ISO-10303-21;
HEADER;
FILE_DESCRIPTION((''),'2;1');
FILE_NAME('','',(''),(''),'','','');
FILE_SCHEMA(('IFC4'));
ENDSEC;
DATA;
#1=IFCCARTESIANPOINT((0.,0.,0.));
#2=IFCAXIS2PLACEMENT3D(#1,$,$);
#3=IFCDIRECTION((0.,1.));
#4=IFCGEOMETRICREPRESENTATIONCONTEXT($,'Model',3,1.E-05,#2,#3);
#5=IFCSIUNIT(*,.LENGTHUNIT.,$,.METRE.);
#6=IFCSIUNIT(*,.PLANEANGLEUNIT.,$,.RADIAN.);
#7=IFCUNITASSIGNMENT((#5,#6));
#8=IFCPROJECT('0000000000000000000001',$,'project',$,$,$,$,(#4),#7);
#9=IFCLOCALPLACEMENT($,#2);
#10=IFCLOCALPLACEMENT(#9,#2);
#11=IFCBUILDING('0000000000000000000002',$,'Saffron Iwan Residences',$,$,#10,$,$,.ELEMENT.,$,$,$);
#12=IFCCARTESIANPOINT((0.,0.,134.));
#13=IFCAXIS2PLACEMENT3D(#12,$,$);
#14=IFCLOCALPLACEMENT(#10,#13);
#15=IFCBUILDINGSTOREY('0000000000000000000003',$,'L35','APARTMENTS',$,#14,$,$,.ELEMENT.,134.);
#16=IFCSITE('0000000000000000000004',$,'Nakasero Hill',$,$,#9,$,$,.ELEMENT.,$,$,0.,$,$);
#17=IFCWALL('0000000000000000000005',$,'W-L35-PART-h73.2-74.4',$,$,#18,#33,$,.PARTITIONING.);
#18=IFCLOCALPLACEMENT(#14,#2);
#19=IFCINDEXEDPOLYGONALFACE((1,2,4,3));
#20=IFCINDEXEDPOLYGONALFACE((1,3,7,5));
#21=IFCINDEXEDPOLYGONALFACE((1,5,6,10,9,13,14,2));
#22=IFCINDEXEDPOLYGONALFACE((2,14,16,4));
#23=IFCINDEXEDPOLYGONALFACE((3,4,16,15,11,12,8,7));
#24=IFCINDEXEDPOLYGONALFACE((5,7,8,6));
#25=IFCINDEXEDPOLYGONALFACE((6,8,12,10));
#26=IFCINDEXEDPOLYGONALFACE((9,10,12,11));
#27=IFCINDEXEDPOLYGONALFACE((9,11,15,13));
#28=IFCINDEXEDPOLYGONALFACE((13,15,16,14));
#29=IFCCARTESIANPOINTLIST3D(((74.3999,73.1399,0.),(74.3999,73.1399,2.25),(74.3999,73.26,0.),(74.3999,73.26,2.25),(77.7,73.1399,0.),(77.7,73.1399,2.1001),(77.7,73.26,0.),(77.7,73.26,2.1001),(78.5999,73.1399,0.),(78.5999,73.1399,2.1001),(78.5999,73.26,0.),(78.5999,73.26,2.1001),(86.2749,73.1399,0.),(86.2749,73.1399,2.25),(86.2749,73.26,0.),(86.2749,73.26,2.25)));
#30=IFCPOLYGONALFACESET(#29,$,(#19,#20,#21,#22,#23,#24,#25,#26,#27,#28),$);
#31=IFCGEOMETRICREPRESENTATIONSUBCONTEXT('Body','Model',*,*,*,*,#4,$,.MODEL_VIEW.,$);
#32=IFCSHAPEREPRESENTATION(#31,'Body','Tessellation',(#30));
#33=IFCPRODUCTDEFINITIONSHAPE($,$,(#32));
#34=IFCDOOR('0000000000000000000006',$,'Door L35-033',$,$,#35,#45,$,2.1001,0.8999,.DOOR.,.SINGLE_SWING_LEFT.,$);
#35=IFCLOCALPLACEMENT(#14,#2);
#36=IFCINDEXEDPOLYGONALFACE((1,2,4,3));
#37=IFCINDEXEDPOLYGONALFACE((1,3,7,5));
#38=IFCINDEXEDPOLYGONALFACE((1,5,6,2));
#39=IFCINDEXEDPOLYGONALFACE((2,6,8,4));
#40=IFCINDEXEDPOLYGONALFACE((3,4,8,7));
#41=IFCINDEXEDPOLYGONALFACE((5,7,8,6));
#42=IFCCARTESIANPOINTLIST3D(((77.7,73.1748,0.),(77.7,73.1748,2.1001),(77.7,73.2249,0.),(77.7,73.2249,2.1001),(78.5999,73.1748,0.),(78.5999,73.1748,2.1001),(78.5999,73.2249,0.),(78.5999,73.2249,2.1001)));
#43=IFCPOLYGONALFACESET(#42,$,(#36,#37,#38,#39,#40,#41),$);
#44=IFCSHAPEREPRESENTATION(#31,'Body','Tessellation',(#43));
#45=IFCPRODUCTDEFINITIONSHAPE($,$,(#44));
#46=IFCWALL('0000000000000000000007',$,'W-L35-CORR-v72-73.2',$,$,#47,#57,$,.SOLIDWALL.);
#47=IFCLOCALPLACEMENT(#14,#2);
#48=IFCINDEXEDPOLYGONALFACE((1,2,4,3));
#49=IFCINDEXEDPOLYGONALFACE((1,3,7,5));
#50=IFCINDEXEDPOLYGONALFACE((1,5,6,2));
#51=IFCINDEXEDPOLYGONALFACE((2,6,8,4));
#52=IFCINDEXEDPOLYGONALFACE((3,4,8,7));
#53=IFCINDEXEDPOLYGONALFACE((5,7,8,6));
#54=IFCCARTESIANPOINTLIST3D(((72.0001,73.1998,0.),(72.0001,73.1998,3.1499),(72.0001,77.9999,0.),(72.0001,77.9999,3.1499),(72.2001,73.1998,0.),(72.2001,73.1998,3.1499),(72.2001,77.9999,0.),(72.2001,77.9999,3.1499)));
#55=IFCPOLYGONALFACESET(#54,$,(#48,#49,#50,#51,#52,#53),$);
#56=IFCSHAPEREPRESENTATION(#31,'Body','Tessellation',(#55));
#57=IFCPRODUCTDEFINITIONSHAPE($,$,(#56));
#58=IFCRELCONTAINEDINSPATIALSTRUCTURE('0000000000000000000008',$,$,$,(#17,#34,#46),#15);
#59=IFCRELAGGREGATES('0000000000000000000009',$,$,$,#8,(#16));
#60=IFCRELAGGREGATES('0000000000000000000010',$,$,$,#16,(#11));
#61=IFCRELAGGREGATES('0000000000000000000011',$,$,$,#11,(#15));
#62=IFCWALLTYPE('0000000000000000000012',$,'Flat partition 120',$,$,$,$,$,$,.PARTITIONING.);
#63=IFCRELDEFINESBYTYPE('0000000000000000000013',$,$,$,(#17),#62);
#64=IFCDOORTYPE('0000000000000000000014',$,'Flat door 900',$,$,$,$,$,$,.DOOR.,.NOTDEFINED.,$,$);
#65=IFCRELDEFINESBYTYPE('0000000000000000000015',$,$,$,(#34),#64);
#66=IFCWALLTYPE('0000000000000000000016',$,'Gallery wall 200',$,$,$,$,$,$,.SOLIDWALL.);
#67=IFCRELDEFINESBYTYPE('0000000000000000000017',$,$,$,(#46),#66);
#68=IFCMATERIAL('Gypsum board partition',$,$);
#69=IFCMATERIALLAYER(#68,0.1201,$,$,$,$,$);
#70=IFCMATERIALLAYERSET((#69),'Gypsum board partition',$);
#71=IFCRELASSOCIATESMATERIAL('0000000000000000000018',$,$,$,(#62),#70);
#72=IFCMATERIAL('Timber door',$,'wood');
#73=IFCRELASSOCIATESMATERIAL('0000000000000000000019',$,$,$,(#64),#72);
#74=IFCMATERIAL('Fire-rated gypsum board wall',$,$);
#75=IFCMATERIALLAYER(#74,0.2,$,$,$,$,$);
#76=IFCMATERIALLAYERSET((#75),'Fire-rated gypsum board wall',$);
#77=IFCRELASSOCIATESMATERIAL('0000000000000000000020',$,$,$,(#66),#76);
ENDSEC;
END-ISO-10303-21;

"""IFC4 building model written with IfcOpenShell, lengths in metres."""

from ifc_helpers import new_model, si_unit, direction, frame, frame_2d, origin, place, context, subcontext, project, spatial, rectangle, extrude, material, layer, layer_set, type_object, element, fill, save


model = new_model("IFC4")

# Units and contexts
model_context = context("Model", 3, precision=1e-05, world=origin(), true_north=direction((0.0, 1.0)))
body_context = subcontext(model_context, "Body", "Model", "MODEL_VIEW")
ifc_project = project(units=[si_unit("LENGTHUNIT", "METRE"), si_unit("PLANEANGLEUNIT", "RADIAN")], contexts=[model_context])

# Site, building, storey
site_placement = place(None, origin())
site = spatial("IfcSite", under=ifc_project, at=site_placement, Name="Nakasero Hill", CompositionType="ELEMENT", RefElevation=0.0)
building_placement = place(site_placement, origin())
building = spatial("IfcBuilding", under=site, at=building_placement, Name="Saffron Iwan Residences", CompositionType="ELEMENT")
storey_placement = place(building_placement, frame((0.0, 0.0, 134.0)))
storey = spatial("IfcBuildingStorey", under=building, at=storey_placement, Name="L35", Description="APARTMENTS", CompositionType="ELEMENT", Elevation=134.0)

# Wall, opening, door
ifc_material_1 = material(Name="Gypsum board partition")
ifc_layer_1 = layer(ifc_material_1, 0.1201)
ifc_layer_set_1 = layer_set([ifc_layer_1], Name="Gypsum board partition")
wall_type_1 = type_object("IfcWallType", Name="Flat partition 120", PredefinedType="PARTITIONING", material=ifc_layer_set_1)
wall_1_placement = place(storey_placement, frame((74.3999, 73.2, 0.0), z_axis=(0.0, 0.0, 1.0), x_axis=(1.0, 0.0, 0.0)))
wall_1 = element("IfcWall", 1, at=wall_1_placement, inside=storey, type_object=wall_type_1, Name="W-L35-PART-h73.2-74.4", PredefinedType="PARTITIONING", context=body_context, shape_type="SweptSolid", body=[
    extrude(rectangle(XDim=11.875, YDim=0.1201, at=frame_2d((5.9375, 0.0))), origin(), (0.0, 0.0, 1.0), 2.25),
])
opening_1_placement = place(wall_1_placement, frame((3.3, 0.0, 0.0)))
opening_1 = element("IfcOpeningElement", 2, at=opening_1_placement, cuts=wall_1, PredefinedType="OPENING", context=body_context, shape_type="SweptSolid", body=[
    extrude(rectangle(XDim=0.8999, YDim=2.1001, at=frame_2d((0.45, 1.05))), frame((0.0, 0.0701, 0.0), z_axis=(0.0, -1.0, 0.0), x_axis=(1.0, 0.0, 0.0)), (0.0, 0.0, 1.0), 0.1401),
])
ifc_material_2 = material(Name="Timber door", Category="wood")
door_type_1 = type_object("IfcDoorType", Name="Flat door 900", OperationType="NOTDEFINED", PredefinedType="DOOR", material=ifc_material_2)
door_1_placement = place(opening_1_placement, origin())
door_1 = element("IfcDoor", 3, at=door_1_placement, inside=storey, type_object=door_type_1, Name="Door L35-033", OperationType="SINGLE_SWING_LEFT", OverallHeight=2.1001, OverallWidth=0.8999, PredefinedType="DOOR", context=body_context, shape_type="SweptSolid", body=[
    extrude(rectangle(XDim=0.8999, YDim=2.1001, at=frame_2d((0.45, 1.05))), frame((0.0, 0.0249, 0.0), z_axis=(0.0, -1.0, 0.0), x_axis=(1.0, 0.0, 0.0)), (0.0, 0.0, 1.0), 0.05),
])
fill(opening_1, door_1)

# Wall
ifc_material_3 = material(Name="Fire-rated gypsum board wall")
ifc_layer_2 = layer(ifc_material_3, 0.2)
ifc_layer_set_2 = layer_set([ifc_layer_2], Name="Fire-rated gypsum board wall")
wall_type_2 = type_object("IfcWallType", Name="Gallery wall 200", PredefinedType="SOLIDWALL", material=ifc_layer_set_2)
wall_2_placement = place(storey_placement, frame((72.1001, 73.2, 0.0), z_axis=(0.0, 0.0, 1.0), x_axis=(0.0, 1.0, 0.0)))
element("IfcWall", 4, at=wall_2_placement, inside=storey, type_object=wall_type_2, Name="W-L35-CORR-v72-73.2", PredefinedType="SOLIDWALL", context=body_context, shape_type="SweptSolid", body=[
    extrude(rectangle(XDim=4.8, YDim=0.2, at=frame_2d((2.3999, 0.0))), origin(), (0.0, 0.0, 1.0), 3.1499),
])

save(model, "model.ifc")
